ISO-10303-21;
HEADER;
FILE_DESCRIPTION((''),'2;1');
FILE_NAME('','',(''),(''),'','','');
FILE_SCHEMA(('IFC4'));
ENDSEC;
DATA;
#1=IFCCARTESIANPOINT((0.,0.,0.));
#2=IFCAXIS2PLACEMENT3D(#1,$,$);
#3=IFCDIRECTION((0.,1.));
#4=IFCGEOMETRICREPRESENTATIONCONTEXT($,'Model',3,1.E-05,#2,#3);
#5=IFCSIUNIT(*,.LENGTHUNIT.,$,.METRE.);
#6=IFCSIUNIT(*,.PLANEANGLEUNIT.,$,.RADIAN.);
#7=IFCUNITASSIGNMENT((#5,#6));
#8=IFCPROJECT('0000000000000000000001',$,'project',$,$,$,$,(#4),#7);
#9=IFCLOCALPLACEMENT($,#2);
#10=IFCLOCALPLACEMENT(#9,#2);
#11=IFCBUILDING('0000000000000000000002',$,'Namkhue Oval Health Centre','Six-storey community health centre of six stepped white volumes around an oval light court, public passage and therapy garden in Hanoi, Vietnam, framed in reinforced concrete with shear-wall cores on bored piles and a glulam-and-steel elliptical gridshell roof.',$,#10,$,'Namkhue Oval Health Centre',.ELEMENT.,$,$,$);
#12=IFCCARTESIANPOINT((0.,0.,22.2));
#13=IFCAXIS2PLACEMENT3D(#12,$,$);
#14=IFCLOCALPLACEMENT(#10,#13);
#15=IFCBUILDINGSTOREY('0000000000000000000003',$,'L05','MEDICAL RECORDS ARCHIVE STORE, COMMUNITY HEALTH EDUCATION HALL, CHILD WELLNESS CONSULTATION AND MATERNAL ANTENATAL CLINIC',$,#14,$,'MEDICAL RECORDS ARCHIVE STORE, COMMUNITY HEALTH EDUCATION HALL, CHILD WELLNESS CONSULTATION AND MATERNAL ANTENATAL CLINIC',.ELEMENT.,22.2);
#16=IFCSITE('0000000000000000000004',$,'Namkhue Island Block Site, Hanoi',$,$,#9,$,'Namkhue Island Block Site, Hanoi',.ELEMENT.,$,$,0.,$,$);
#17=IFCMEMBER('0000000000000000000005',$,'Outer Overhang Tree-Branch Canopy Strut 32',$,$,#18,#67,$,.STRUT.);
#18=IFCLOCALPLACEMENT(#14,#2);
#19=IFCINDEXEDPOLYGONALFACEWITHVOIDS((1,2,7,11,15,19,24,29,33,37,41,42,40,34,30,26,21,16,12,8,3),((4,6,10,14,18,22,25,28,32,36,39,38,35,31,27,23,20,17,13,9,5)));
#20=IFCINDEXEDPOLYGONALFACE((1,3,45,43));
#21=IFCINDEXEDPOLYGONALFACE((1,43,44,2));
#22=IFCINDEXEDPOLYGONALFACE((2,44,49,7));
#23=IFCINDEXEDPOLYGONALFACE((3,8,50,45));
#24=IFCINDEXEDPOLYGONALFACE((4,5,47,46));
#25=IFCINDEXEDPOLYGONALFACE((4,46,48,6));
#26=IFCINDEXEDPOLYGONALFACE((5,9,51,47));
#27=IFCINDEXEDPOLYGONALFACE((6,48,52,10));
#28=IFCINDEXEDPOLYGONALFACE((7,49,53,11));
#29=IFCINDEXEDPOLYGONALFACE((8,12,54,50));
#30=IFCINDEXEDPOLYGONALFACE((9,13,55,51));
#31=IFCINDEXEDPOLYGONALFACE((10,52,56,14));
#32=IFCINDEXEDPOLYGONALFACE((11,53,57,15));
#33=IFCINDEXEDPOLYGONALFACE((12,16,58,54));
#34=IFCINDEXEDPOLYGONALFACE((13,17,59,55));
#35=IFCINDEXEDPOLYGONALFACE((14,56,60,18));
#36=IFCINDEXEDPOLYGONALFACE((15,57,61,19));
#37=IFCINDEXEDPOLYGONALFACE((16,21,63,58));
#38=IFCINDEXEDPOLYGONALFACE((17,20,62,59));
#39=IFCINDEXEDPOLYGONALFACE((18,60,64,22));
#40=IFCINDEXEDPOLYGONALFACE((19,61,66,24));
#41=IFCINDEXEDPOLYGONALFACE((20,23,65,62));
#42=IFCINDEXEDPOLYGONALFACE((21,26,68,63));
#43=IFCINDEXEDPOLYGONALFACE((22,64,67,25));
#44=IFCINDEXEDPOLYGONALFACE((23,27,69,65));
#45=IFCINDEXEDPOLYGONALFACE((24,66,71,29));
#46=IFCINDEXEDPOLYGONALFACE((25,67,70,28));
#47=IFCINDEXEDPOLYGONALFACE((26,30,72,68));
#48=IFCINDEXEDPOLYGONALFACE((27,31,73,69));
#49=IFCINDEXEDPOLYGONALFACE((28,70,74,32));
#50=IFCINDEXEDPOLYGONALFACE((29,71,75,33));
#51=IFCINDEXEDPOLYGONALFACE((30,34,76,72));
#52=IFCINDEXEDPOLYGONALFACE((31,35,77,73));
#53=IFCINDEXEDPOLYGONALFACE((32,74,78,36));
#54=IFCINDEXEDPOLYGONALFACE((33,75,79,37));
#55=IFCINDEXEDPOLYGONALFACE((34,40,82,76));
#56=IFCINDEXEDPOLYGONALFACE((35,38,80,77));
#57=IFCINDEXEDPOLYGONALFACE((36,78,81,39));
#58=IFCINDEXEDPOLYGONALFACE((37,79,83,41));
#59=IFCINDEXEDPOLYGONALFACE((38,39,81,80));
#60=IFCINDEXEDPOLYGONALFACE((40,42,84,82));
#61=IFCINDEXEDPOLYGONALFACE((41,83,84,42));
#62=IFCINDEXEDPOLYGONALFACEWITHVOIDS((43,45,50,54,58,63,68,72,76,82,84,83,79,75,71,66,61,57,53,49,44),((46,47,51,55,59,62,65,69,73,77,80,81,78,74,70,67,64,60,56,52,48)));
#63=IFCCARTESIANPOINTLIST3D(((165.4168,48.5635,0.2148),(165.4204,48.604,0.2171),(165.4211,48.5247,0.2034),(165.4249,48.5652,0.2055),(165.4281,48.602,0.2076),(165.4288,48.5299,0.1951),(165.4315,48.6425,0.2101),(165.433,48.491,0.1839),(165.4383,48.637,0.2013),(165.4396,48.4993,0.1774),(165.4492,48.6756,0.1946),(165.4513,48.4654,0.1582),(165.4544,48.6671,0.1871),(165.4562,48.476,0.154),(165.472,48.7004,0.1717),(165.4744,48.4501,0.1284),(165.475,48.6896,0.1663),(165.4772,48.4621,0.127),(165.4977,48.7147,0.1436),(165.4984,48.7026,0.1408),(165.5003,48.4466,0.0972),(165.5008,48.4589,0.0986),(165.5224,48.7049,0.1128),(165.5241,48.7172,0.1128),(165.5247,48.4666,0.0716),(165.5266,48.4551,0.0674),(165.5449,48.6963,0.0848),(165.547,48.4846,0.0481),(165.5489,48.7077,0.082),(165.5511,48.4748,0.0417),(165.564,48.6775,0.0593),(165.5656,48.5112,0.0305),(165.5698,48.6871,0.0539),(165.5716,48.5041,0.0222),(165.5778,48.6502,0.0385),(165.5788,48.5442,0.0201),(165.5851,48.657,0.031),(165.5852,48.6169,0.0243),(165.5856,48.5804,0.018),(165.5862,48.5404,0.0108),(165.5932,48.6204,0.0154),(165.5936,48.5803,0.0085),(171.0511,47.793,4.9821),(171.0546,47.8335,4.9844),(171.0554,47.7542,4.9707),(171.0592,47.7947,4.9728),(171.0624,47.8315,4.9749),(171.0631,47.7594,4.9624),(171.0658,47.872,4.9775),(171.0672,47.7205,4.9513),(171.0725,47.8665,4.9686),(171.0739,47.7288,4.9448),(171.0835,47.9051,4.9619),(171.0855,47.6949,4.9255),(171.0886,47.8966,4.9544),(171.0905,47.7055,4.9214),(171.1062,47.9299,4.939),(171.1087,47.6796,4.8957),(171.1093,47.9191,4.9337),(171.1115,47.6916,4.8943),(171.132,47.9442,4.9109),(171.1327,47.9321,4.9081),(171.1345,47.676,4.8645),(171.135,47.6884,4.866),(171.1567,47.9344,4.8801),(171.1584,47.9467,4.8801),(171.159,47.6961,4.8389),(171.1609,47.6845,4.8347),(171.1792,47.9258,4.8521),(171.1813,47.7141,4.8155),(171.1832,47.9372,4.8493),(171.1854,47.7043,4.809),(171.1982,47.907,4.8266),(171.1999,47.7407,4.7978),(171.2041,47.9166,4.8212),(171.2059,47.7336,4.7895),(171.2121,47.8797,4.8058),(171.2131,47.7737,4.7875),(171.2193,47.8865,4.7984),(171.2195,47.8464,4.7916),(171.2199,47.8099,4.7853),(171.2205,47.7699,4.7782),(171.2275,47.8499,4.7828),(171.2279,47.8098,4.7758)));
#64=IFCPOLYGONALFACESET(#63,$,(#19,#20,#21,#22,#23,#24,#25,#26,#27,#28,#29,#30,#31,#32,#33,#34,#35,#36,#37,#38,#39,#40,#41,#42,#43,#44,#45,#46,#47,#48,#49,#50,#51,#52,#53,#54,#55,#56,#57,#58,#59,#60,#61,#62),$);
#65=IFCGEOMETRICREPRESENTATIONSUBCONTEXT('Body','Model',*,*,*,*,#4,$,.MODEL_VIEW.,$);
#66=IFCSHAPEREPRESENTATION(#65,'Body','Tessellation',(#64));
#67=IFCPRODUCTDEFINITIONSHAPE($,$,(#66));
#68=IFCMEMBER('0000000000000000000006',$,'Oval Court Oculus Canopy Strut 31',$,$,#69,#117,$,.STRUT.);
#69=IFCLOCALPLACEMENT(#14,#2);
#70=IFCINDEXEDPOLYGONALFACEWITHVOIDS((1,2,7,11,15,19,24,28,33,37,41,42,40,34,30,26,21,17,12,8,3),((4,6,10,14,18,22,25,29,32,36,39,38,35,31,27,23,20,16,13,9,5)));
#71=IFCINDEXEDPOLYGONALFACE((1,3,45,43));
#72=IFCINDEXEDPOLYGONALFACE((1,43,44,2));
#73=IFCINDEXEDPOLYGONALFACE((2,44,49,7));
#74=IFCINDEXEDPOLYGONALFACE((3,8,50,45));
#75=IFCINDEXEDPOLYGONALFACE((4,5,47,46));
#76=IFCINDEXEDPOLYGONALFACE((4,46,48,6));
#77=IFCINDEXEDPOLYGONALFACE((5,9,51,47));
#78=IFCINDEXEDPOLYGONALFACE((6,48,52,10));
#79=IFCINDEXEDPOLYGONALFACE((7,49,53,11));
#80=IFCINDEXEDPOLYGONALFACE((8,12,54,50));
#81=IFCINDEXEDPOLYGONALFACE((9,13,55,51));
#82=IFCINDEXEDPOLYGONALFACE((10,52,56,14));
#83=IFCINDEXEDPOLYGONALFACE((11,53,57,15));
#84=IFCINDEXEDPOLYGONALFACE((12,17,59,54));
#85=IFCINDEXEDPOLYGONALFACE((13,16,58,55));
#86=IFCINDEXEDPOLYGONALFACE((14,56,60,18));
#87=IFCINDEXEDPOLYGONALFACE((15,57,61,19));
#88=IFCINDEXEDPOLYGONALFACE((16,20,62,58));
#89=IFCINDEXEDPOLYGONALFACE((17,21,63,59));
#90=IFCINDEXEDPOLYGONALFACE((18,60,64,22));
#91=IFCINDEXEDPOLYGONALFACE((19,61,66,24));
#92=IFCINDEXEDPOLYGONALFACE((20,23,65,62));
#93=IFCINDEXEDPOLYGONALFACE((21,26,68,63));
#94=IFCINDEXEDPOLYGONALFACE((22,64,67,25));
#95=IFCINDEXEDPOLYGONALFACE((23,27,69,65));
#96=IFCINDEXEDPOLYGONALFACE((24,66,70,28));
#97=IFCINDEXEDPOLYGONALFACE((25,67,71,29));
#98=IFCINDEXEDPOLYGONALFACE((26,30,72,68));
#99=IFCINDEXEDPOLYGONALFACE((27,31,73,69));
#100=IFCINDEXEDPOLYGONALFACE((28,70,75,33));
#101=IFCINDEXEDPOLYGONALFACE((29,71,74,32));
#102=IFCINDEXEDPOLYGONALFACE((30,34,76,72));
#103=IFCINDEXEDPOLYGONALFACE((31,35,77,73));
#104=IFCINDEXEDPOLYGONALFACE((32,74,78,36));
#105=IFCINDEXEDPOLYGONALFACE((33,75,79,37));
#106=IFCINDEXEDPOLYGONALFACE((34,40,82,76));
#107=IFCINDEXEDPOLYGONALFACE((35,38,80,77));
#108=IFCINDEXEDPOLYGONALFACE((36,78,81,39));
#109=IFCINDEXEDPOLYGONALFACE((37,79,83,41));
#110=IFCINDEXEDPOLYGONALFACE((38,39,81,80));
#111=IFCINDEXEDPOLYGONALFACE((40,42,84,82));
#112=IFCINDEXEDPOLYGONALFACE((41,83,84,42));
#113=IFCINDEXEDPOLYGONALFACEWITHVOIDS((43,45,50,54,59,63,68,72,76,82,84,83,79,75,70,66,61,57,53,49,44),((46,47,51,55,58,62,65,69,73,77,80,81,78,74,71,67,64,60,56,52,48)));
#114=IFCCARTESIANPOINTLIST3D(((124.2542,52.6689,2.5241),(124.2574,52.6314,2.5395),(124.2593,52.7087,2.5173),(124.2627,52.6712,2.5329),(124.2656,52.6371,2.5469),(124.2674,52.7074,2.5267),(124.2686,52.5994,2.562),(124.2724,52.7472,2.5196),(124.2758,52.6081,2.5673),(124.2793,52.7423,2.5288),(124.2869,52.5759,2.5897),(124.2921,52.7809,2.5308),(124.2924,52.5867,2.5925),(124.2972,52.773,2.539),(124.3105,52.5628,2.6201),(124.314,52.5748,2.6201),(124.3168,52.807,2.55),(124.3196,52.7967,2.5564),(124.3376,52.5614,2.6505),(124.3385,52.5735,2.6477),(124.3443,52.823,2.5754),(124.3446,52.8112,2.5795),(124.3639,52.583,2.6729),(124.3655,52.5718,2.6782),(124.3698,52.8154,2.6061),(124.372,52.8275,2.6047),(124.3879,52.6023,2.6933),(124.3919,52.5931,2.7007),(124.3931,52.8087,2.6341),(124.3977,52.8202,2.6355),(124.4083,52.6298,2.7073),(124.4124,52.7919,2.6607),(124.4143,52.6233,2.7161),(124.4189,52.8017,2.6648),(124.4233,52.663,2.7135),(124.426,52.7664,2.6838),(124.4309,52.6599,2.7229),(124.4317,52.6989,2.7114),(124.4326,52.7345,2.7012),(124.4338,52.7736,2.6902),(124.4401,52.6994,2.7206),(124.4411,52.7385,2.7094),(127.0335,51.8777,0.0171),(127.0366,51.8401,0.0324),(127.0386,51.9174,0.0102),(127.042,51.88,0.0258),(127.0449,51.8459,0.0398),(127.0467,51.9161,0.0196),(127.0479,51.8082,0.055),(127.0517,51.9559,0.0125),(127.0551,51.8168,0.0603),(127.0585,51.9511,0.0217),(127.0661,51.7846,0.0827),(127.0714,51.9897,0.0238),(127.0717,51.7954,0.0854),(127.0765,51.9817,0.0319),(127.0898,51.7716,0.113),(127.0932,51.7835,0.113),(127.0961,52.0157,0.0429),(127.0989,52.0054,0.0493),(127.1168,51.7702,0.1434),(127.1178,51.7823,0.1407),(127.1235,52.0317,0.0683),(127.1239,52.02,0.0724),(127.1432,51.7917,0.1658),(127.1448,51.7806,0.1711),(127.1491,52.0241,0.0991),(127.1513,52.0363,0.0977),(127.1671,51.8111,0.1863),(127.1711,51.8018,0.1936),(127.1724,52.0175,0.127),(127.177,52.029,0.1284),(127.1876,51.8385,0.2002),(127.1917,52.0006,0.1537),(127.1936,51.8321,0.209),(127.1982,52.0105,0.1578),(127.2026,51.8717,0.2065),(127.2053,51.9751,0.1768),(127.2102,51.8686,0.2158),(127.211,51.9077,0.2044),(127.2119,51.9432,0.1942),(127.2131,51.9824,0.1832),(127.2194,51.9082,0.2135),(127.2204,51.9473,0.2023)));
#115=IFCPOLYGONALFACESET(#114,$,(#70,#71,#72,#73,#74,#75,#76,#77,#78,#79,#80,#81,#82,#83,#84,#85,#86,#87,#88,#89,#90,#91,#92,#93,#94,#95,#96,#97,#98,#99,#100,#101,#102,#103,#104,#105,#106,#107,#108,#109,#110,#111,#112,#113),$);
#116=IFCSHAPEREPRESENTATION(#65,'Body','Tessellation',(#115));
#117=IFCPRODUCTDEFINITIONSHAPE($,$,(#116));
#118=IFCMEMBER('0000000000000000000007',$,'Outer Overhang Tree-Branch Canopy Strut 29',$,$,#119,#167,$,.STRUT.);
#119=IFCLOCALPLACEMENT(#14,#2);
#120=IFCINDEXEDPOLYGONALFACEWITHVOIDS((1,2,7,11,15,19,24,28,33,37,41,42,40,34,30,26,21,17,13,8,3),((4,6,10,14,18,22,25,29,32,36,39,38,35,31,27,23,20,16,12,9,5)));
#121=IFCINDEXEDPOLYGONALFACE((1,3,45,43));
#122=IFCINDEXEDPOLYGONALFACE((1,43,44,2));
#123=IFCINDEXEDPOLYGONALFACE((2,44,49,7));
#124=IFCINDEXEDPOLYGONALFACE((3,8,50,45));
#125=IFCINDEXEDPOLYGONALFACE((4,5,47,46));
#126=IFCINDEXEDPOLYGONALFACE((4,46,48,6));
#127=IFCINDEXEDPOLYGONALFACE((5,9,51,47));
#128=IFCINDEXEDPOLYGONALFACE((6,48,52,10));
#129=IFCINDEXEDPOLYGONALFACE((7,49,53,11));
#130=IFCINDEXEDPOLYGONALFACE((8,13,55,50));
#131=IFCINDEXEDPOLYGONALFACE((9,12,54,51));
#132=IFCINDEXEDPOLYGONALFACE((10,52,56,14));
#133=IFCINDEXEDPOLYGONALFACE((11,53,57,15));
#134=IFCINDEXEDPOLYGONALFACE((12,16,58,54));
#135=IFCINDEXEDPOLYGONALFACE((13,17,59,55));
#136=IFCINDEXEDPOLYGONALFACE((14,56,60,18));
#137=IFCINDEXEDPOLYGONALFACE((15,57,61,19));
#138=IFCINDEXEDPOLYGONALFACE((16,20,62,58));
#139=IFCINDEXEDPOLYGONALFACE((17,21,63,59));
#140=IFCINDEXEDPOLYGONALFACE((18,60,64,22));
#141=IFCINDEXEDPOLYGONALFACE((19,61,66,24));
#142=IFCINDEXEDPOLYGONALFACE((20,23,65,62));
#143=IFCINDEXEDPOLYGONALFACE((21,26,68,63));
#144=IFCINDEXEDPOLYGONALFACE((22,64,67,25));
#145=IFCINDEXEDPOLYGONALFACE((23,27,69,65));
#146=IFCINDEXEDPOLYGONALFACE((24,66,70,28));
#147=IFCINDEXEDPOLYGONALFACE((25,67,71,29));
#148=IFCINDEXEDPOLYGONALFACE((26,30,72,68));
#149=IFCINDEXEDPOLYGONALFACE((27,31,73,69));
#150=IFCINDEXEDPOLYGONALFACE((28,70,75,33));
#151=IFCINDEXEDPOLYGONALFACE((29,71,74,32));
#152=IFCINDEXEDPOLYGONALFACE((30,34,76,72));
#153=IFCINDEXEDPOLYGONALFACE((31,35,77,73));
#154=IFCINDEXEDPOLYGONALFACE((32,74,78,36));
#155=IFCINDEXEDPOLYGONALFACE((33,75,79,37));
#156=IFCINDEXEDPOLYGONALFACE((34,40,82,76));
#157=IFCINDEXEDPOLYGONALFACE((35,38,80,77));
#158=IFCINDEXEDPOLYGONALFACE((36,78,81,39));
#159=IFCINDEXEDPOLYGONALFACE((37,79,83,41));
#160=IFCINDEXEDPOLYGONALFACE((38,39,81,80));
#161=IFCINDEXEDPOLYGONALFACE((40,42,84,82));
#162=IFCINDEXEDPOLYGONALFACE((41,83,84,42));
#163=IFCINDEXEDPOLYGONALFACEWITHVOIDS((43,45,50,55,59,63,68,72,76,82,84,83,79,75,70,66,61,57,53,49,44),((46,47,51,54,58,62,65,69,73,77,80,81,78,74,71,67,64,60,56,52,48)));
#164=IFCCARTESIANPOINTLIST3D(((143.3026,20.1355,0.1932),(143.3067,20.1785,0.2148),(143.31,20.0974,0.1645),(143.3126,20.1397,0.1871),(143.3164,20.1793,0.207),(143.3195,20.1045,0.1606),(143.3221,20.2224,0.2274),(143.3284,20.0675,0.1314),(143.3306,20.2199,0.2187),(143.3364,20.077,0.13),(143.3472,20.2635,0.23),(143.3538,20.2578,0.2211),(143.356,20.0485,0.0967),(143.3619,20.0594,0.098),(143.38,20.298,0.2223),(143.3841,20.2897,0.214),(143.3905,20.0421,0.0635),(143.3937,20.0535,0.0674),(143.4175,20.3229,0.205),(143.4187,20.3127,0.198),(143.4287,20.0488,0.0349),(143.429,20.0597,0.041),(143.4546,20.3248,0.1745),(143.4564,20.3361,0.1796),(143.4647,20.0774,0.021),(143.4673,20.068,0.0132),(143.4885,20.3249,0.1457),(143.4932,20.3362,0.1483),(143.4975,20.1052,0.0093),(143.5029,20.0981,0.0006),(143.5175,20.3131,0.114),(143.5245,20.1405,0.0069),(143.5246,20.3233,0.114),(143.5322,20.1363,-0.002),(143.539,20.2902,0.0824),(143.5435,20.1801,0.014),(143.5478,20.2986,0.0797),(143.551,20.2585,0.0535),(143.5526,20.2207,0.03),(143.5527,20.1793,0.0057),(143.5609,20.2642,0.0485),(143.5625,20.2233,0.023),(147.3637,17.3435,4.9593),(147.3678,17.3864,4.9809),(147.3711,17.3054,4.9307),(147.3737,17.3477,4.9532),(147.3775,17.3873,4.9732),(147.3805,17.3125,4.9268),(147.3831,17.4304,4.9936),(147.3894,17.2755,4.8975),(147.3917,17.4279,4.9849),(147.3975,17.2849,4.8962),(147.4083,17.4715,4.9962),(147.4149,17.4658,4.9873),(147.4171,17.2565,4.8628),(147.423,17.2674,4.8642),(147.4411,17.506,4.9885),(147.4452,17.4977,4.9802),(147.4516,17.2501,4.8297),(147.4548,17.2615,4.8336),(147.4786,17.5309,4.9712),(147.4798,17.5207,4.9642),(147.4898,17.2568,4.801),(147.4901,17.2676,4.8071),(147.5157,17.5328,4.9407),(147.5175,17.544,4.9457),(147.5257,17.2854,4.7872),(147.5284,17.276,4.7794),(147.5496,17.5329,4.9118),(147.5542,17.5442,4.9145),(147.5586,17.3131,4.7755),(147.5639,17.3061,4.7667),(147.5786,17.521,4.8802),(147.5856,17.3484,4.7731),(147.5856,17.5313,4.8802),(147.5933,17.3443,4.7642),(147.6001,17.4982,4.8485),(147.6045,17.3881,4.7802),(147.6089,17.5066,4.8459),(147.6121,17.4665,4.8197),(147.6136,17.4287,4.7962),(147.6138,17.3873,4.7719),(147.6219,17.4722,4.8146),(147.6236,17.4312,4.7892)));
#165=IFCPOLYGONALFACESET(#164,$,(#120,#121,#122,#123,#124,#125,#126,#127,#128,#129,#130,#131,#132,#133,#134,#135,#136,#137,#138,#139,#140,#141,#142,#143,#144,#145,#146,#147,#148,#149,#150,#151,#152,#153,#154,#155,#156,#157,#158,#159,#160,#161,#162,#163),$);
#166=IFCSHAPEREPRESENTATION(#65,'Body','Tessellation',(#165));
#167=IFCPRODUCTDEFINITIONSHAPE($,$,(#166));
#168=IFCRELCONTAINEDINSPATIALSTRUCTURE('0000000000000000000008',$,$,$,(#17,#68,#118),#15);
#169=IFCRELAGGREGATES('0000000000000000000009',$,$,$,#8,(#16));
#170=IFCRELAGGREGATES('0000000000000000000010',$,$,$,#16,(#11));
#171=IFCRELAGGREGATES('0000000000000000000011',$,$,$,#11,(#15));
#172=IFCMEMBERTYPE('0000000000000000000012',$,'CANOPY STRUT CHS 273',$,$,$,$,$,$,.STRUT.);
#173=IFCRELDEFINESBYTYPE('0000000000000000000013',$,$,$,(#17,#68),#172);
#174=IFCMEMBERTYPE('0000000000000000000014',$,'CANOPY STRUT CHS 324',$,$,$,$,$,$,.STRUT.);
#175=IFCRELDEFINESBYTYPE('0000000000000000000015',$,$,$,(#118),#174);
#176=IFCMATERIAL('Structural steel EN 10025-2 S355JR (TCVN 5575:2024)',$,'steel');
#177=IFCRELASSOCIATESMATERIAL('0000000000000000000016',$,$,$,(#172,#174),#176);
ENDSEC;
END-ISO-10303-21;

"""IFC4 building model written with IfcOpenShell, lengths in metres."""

from ifc_helpers import new_model, si_unit, direction, frame, origin, origin_2d, place, context, subcontext, project, spatial, hollow_circle, extrude, material, material_profile, profile_set, type_object, element, save


model = new_model("IFC4")

# Units and contexts
model_context = context("Model", 3, precision=1e-05, world=origin(), true_north=direction((0.0, 1.0)))
body_context = subcontext(model_context, "Body", "Model", "MODEL_VIEW")
ifc_project = project(units=[si_unit("LENGTHUNIT", "METRE"), si_unit("PLANEANGLEUNIT", "RADIAN")], contexts=[model_context])

# Site, building, storey
site_placement = place(None, origin())
site = spatial("IfcSite", under=ifc_project, at=site_placement, Name="Namkhue Island Block Site, Hanoi", LongName="Namkhue Island Block Site, Hanoi", CompositionType="ELEMENT", RefElevation=0.0)
building_placement = place(site_placement, origin())
building = spatial("IfcBuilding", under=site, at=building_placement, Name="Namkhue Oval Health Centre", Description="Six-storey community health centre of six stepped white volumes around an oval light court, public passage and therapy garden in Hanoi, Vietnam, framed in reinforced concrete with shear-wall cores on bored piles and a glulam-and-steel elliptical gridshell roof.", LongName="Namkhue Oval Health Centre", CompositionType="ELEMENT")
storey_placement = place(building_placement, frame((0.0, 0.0, 22.2)))
storey = spatial("IfcBuildingStorey", under=building, at=storey_placement, Name="L05", Description="MEDICAL RECORDS ARCHIVE STORE, COMMUNITY HEALTH EDUCATION HALL, CHILD WELLNESS CONSULTATION AND MATERNAL ANTENATAL CLINIC", LongName="MEDICAL RECORDS ARCHIVE STORE, COMMUNITY HEALTH EDUCATION HALL, CHILD WELLNESS CONSULTATION AND MATERNAL ANTENATAL CLINIC", CompositionType="ELEMENT", Elevation=22.2)

# Members
ifc_material_1 = material(Name="Structural steel EN 10025-2 S355JR (TCVN 5575:2024)", Category="steel")
ifc_material_profile_1 = material_profile(ifc_material_1, hollow_circle(Radius=0.1365, WallThickness=0.0125, at=origin_2d()), Name="CHS 273x12.5")
ifc_profile_set_1 = profile_set([ifc_material_profile_1], Name="Structural steel EN 10025-2 S355JR (TCVN 5575:2024)")
member_type_1 = type_object("IfcMemberType", Name="CANOPY STRUT CHS 273", PredefinedType="STRUT", material=ifc_profile_set_1)
member_1_placement = place(storey_placement, frame((165.5056, 48.582, 0.1128), z_axis=(0.759269, -0.103833, 0.64244), x_axis=(0.135493, 0.990778, 0.0)))
element("IfcMember", 1, at=member_1_placement, inside=storey, type_object=member_type_1, Name="Outer Overhang Tree-Branch Canopy Strut 32", PredefinedType="STRUT", context=body_context, shape_type="SweptSolid", body=[
    extrude(hollow_circle(Radius=0.1365, WallThickness=0.0125, at=origin_2d()), origin(), (0.0, 0.0, 1.0), 7.4207),
])
member_2_placement = place(storey_placement, frame((127.1272, 51.9028, 0.113), z_axis=(-0.726479, 0.206827, 0.655325), x_axis=(-0.273817, -0.961782, 0.0)))
element("IfcMember", 2, at=member_2_placement, inside=storey, type_object=member_type_1, Name="Oval Court Oculus Canopy Strut 31", PredefinedType="STRUT", context=body_context, shape_type="SweptSolid", body=[
    extrude(hollow_circle(Radius=0.1365, WallThickness=0.0125, at=origin_2d()), origin(), (0.0, 0.0, 1.0), 3.8257),
])
ifc_material_profile_2 = material_profile(ifc_material_1, hollow_circle(Radius=0.1619, WallThickness=0.0125, at=origin_2d()), Name="CHS 323.9x12.5")
ifc_profile_set_2 = profile_set([ifc_material_profile_2], Name="Structural steel EN 10025-2 S355JR (TCVN 5575:2024)")
member_type_2 = type_object("IfcMemberType", Name="CANOPY STRUT CHS 324", PredefinedType="STRUT", material=ifc_profile_set_2)
member_3_placement = place(storey_placement, frame((143.4329, 20.1899, 0.114), z_axis=(0.592344, -0.407241, 0.695186), x_axis=(0.566533, 0.824039, 0.0)))
element("IfcMember", 3, at=member_3_placement, inside=storey, type_object=member_type_2, Name="Outer Overhang Tree-Branch Canopy Strut 29", PredefinedType="STRUT", context=body_context, shape_type="SweptSolid", body=[
    extrude(hollow_circle(Radius=0.1619, WallThickness=0.0125, at=origin_2d()), origin(), (0.0, 0.0, 1.0), 6.856),
])

save(model, "model.ifc")
